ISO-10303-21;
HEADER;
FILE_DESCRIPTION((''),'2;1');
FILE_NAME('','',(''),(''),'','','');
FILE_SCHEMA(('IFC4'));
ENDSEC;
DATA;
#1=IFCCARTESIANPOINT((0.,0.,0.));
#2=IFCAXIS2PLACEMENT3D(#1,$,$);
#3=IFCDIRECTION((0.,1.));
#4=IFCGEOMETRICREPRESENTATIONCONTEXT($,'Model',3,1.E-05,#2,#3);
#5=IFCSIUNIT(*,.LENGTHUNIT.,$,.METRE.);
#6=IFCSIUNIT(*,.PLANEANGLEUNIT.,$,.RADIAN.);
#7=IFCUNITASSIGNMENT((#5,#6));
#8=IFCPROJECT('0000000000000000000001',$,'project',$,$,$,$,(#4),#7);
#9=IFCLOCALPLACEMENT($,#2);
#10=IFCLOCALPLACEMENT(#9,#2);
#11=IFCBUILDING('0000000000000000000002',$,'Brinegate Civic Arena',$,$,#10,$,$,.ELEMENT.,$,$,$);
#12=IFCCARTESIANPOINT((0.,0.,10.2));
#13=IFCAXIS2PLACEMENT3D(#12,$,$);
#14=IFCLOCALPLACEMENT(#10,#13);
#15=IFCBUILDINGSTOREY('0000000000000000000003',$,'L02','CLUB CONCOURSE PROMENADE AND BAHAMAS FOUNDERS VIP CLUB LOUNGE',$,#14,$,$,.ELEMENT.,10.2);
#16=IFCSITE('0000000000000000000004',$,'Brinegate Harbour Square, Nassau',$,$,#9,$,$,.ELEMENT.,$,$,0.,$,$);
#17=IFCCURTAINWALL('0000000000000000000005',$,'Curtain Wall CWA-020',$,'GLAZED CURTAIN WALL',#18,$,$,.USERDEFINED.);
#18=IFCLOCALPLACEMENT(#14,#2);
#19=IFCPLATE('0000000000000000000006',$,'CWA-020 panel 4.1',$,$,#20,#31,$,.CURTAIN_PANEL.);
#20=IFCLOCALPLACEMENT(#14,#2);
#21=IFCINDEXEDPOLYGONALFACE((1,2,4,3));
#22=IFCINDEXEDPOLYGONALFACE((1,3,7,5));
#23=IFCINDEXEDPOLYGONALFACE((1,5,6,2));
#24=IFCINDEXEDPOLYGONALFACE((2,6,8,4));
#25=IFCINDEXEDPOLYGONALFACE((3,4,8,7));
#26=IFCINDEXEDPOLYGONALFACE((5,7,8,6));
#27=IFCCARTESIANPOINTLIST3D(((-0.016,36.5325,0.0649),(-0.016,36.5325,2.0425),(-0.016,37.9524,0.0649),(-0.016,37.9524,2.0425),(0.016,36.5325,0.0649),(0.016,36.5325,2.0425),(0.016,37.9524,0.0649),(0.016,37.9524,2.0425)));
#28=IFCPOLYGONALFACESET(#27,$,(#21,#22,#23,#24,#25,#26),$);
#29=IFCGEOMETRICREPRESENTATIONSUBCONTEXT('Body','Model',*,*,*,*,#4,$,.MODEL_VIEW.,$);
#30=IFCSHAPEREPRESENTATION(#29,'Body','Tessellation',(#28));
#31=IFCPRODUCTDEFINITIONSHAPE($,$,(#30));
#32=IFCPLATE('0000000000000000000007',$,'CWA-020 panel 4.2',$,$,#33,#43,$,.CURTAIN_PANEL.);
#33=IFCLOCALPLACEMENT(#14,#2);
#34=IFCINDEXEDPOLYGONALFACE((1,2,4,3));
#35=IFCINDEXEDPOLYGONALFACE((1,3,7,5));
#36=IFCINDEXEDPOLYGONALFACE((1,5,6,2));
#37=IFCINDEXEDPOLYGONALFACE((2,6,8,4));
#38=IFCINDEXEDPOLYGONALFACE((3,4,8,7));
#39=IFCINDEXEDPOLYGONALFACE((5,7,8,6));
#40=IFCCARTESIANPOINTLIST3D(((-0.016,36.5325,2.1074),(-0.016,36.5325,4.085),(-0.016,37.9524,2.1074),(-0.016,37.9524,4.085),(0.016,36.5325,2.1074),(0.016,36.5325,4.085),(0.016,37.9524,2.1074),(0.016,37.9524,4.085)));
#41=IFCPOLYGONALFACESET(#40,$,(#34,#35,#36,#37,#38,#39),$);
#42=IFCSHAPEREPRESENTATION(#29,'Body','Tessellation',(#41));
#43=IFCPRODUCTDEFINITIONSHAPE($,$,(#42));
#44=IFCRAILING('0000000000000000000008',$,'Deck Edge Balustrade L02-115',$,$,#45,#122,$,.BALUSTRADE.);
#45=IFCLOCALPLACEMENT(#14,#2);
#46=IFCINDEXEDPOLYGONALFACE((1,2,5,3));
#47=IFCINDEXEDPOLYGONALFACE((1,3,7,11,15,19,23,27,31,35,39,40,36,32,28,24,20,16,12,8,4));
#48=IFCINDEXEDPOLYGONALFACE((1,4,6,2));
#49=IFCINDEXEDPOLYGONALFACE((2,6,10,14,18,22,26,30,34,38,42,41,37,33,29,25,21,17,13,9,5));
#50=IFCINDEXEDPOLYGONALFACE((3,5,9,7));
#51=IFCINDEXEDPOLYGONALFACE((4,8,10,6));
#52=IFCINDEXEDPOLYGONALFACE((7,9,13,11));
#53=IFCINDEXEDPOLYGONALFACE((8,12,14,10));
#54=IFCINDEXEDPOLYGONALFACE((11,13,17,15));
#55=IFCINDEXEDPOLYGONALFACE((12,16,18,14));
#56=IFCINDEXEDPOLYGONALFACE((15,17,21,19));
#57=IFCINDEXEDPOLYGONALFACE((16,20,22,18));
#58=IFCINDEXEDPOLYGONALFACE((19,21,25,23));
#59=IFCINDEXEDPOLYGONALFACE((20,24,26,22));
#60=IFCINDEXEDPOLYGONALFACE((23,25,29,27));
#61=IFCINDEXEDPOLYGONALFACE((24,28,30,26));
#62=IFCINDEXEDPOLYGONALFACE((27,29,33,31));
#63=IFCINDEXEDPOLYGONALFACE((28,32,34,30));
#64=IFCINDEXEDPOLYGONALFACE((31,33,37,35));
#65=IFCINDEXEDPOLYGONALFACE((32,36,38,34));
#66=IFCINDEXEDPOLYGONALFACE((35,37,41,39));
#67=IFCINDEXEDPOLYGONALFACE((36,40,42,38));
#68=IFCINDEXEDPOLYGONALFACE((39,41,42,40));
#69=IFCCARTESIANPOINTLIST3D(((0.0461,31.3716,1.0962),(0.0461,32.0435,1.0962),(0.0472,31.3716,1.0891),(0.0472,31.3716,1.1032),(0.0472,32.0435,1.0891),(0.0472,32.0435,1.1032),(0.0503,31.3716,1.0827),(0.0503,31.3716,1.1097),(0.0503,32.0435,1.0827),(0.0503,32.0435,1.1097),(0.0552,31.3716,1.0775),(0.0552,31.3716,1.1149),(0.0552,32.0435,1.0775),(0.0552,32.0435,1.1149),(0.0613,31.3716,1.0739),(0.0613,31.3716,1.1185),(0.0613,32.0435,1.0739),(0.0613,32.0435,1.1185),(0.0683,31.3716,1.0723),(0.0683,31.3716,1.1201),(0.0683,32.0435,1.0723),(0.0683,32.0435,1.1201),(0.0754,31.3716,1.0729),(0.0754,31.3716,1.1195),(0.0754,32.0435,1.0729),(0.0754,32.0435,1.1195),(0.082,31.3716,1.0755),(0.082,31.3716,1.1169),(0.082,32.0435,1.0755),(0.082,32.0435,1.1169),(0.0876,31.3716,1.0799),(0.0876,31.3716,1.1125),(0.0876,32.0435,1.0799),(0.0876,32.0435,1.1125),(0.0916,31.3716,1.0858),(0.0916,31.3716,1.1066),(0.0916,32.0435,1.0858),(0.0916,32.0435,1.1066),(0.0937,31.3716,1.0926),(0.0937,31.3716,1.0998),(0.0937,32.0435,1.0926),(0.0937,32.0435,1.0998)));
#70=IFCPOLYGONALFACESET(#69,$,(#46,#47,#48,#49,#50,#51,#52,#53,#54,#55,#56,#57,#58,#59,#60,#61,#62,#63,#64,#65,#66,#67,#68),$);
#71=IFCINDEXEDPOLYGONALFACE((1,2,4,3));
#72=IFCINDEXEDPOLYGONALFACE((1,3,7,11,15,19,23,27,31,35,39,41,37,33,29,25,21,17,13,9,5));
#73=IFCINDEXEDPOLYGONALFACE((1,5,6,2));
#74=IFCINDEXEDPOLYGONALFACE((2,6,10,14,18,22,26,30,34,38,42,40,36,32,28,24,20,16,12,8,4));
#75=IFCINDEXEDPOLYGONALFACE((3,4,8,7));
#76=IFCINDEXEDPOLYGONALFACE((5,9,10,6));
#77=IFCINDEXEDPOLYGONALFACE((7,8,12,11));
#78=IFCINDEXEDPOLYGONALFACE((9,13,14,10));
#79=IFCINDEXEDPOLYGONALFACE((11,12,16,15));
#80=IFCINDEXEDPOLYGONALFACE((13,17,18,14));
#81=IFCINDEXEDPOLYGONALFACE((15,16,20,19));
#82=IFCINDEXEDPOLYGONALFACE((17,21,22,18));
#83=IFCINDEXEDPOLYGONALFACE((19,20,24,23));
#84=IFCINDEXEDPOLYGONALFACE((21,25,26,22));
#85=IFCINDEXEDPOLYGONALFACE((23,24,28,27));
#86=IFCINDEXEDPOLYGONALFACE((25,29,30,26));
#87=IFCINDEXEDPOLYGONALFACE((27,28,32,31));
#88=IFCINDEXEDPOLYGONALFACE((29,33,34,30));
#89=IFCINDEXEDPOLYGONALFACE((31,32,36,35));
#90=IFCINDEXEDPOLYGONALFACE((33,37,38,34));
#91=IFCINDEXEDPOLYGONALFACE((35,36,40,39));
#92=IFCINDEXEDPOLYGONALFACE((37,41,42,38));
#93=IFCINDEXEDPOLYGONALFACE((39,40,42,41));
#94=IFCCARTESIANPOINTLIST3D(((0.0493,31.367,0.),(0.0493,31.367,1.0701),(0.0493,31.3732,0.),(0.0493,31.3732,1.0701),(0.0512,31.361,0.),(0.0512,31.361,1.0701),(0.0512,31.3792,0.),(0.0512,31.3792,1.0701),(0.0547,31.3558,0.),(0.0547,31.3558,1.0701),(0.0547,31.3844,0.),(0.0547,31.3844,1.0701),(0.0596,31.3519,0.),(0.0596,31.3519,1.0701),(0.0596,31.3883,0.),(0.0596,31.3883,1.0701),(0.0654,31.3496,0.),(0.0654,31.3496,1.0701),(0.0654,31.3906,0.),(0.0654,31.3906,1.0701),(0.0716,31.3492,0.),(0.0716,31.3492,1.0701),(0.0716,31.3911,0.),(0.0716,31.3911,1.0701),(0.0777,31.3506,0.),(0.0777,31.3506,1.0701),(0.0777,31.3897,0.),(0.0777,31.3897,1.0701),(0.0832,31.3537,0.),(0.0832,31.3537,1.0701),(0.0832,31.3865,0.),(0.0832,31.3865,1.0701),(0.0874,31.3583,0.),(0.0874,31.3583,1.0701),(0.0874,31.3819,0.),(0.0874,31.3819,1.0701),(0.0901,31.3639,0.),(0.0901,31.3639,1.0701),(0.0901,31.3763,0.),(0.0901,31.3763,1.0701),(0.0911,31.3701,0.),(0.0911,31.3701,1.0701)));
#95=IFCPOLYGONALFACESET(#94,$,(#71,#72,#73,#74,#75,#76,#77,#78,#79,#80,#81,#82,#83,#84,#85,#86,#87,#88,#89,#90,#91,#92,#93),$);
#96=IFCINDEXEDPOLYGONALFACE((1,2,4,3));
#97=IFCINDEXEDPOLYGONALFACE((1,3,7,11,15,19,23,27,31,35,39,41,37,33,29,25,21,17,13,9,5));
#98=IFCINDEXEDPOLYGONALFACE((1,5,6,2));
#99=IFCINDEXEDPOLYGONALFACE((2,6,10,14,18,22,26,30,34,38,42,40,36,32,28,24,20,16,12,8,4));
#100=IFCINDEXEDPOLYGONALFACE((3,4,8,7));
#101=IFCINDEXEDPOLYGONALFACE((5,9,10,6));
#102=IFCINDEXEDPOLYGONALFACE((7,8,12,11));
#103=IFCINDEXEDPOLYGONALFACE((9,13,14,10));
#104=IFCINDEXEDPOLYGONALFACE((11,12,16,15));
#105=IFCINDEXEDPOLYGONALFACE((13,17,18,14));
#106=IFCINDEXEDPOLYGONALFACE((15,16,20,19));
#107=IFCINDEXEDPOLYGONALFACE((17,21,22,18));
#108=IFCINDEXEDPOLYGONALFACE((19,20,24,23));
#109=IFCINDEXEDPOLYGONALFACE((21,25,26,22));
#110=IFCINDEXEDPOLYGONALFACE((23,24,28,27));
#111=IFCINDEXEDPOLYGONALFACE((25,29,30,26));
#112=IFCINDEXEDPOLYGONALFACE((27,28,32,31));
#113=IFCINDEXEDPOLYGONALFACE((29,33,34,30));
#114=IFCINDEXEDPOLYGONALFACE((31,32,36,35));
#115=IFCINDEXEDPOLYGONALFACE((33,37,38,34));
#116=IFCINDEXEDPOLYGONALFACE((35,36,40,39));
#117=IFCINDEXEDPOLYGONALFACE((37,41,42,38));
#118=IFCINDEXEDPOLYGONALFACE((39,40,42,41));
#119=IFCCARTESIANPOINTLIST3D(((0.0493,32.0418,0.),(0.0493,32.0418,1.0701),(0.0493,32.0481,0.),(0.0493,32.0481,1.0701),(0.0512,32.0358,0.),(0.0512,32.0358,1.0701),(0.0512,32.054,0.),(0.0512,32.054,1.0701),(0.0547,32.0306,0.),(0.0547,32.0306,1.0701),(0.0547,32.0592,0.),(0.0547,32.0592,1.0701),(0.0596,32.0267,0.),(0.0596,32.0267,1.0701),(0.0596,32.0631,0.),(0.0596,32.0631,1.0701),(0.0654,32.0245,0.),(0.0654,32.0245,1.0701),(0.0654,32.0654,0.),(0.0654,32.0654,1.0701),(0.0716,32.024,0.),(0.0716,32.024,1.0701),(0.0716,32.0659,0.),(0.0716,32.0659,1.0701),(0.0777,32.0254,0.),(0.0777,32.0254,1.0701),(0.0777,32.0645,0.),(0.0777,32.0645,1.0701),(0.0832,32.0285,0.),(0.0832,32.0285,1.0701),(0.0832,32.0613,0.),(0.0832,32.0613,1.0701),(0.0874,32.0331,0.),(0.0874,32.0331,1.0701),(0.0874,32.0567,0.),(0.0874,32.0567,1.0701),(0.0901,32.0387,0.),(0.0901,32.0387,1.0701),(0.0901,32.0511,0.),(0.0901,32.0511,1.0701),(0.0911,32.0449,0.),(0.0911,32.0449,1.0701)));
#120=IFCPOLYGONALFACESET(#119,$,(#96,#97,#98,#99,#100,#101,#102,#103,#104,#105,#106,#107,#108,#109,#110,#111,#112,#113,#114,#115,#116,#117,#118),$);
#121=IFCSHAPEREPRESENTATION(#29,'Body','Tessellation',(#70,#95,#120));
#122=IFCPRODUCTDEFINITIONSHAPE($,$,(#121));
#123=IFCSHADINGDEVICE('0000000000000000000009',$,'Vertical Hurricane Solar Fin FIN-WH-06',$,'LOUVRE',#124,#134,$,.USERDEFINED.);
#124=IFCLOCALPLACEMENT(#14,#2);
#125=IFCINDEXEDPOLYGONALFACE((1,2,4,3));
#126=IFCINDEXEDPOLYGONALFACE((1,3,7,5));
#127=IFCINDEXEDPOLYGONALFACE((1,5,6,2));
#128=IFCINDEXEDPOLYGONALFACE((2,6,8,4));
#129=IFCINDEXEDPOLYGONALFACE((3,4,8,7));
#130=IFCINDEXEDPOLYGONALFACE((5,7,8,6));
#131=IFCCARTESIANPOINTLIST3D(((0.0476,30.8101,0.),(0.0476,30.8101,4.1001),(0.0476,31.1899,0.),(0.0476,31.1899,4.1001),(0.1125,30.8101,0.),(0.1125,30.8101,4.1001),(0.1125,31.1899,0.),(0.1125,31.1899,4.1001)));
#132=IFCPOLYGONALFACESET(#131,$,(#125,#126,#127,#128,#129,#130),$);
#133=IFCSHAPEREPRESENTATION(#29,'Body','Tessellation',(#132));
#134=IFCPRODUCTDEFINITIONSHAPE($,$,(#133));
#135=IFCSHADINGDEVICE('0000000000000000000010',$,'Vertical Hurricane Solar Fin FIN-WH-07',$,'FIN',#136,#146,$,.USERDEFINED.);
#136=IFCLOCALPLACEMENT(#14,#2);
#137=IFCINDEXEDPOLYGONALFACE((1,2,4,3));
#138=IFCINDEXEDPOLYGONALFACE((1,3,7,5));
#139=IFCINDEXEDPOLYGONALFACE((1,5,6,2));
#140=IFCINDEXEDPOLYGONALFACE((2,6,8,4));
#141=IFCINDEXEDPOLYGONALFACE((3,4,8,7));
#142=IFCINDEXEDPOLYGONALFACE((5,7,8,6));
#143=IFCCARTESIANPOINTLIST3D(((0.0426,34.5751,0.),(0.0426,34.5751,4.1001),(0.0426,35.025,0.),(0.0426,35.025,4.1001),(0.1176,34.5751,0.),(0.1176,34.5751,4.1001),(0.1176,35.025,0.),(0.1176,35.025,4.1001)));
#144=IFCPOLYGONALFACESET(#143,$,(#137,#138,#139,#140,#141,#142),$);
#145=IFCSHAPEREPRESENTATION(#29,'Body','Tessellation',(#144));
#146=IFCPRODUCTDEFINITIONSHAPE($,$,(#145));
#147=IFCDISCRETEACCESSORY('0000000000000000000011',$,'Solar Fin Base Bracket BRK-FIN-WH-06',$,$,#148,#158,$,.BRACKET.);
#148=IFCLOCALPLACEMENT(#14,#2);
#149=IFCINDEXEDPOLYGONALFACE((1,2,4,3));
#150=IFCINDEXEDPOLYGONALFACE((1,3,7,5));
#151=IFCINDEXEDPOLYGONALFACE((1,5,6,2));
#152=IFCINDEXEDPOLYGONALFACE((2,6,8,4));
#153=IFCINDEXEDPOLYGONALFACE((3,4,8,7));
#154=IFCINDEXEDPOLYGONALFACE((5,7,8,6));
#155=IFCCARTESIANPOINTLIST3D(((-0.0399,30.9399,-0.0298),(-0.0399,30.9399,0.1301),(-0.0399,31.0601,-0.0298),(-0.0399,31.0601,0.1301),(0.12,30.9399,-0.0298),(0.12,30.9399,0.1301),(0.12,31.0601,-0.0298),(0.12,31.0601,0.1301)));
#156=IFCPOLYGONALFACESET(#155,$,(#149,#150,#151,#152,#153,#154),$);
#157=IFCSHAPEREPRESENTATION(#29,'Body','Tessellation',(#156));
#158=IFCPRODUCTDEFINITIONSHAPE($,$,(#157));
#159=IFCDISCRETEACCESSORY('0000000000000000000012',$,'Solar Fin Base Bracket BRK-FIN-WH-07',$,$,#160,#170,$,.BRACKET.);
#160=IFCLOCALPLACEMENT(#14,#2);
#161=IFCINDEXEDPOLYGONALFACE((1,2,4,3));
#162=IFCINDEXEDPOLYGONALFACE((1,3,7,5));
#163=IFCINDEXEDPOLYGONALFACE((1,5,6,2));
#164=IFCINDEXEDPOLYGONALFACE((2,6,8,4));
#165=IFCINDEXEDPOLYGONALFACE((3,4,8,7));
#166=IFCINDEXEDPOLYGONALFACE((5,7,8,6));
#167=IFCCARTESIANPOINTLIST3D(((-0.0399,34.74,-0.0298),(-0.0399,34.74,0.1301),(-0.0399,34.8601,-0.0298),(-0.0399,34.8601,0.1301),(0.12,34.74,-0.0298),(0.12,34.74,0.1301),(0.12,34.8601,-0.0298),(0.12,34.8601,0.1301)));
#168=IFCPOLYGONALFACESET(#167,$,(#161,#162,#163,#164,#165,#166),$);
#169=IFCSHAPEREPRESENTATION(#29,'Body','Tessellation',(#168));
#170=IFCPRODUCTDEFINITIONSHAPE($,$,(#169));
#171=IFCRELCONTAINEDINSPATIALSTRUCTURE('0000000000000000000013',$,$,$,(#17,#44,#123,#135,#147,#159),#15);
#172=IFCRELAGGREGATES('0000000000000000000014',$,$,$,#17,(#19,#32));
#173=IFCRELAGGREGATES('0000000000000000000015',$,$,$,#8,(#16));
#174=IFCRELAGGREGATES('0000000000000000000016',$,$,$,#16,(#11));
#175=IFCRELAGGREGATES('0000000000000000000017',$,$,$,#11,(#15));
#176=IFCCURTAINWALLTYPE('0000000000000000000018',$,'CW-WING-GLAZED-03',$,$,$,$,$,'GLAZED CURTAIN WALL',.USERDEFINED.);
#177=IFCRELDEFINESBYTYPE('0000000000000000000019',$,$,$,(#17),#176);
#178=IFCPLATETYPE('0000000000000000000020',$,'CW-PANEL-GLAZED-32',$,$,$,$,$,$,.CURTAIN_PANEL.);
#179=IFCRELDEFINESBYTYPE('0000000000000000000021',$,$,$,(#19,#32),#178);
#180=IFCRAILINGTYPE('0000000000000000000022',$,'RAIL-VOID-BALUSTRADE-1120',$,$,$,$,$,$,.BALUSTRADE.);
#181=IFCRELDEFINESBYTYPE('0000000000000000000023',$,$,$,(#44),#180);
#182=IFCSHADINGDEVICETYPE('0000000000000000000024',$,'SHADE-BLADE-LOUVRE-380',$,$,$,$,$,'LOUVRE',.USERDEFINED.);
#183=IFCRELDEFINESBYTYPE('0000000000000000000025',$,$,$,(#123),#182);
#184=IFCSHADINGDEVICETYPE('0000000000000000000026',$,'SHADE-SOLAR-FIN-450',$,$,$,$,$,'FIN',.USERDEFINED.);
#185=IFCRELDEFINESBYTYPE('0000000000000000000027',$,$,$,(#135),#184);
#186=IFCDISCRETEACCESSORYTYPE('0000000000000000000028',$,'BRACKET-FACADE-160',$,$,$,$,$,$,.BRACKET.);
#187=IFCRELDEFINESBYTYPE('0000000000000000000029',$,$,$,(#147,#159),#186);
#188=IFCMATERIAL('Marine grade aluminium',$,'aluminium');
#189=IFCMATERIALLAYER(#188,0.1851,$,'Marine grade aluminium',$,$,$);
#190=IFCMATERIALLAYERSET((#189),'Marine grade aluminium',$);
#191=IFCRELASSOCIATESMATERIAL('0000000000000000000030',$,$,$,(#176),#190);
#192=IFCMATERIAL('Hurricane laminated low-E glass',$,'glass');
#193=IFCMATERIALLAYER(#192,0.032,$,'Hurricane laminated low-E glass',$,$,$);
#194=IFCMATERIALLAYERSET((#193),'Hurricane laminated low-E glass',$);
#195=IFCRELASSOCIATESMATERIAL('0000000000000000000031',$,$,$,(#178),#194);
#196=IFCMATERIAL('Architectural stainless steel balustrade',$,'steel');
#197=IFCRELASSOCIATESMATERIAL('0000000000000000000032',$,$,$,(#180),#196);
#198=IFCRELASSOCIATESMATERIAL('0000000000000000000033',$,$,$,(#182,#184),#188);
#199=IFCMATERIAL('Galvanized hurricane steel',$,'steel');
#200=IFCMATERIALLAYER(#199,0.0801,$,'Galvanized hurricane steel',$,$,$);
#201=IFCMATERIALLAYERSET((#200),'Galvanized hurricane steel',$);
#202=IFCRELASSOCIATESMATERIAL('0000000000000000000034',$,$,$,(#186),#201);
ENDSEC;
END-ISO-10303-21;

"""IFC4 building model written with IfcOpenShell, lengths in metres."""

from ifc_helpers import new_model, si_unit, direction, frame, origin, origin_2d, place, context, subcontext, project, spatial, rectangle, circle, extrude, material, layer, layer_set, material_profile, profile_set, type_object, element, aggregate, save


model = new_model("IFC4")

# Units and contexts
model_context = context("Model", 3, precision=1e-05, world=origin(), true_north=direction((0.0, 1.0)))
body_context = subcontext(model_context, "Body", "Model", "MODEL_VIEW")
ifc_project = project(units=[si_unit("LENGTHUNIT", "METRE"), si_unit("PLANEANGLEUNIT", "RADIAN")], contexts=[model_context])

# Site, building, storey
site_placement = place(None, origin())
site = spatial("IfcSite", under=ifc_project, at=site_placement, Name="Brinegate Harbour Square, Nassau", CompositionType="ELEMENT", RefElevation=0.0)
building_placement = place(site_placement, origin())
building = spatial("IfcBuilding", under=site, at=building_placement, Name="Brinegate Civic Arena", CompositionType="ELEMENT")
storey_placement = place(building_placement, frame((0.0, 0.0, 10.2)))
storey = spatial("IfcBuildingStorey", under=building, at=storey_placement, Name="L02", Description="CLUB CONCOURSE PROMENADE AND BAHAMAS FOUNDERS VIP CLUB LOUNGE", CompositionType="ELEMENT", Elevation=10.2)

# Curtain wall
ifc_material_1 = material(Name="Marine grade aluminium", Category="aluminium")
ifc_layer_1 = layer(ifc_material_1, 0.1851, Name="Marine grade aluminium")
ifc_layer_set_1 = layer_set([ifc_layer_1], Name="Marine grade aluminium")
curtain_wall_type = type_object("IfcCurtainWallType", Name="CW-WING-GLAZED-03", ElementType="GLAZED CURTAIN WALL", PredefinedType="USERDEFINED", material=ifc_layer_set_1)
curtain_wall_placement = place(storey_placement, origin())
curtain_wall = element("IfcCurtainWall", 1, at=curtain_wall_placement, inside=storey, type_object=curtain_wall_type, Name="Curtain Wall CWA-020", ObjectType="GLAZED CURTAIN WALL", PredefinedType="USERDEFINED")

# Plates
ifc_material_2 = material(Name="Hurricane laminated low-E glass", Category="glass")
ifc_layer_2 = layer(ifc_material_2, 0.032, Name="Hurricane laminated low-E glass")
ifc_layer_set_2 = layer_set([ifc_layer_2], Name="Hurricane laminated low-E glass")
plate_type = type_object("IfcPlateType", Name="CW-PANEL-GLAZED-32", PredefinedType="CURTAIN_PANEL", material=ifc_layer_set_2)
plate_1_placement = place(storey_placement, frame((0.0, 37.2424, 0.0649), z_axis=(0.0, 0.0, 1.0), x_axis=(0.0, 1.0, 0.0)))
plate_1 = element("IfcPlate", 2, at=plate_1_placement, type_object=plate_type, Name="CWA-020 panel 4.1", PredefinedType="CURTAIN_PANEL", context=body_context, shape_type="SweptSolid", body=[
    extrude(rectangle(XDim=1.4199, YDim=0.032, at=origin_2d()), origin(), (0.0, 0.0, 1.0), 1.9775),
])
plate_2_placement = place(storey_placement, frame((0.0, 37.2424, 2.1074), z_axis=(0.0, 0.0, 1.0), x_axis=(0.0, 1.0, 0.0)))
plate_2 = element("IfcPlate", 3, at=plate_2_placement, type_object=plate_type, Name="CWA-020 panel 4.2", PredefinedType="CURTAIN_PANEL", context=body_context, shape_type="SweptSolid", body=[
    extrude(rectangle(XDim=1.4199, YDim=0.032, at=origin_2d()), origin(), (0.0, 0.0, 1.0), 1.9775),
])
aggregate(curtain_wall, [plate_1, plate_2])

# Railing
ifc_material_3 = material(Name="Architectural stainless steel balustrade", Category="steel")
railing_type = type_object("IfcRailingType", Name="RAIL-VOID-BALUSTRADE-1120", PredefinedType="BALUSTRADE", material=ifc_material_3)
railing_placement = place(storey_placement, frame((0.0701, 31.3701, 0.0)))
element("IfcRailing", 4, at=railing_placement, inside=storey, type_object=railing_type, Name="Deck Edge Balustrade L02-115", PredefinedType="BALUSTRADE", context=body_context, shape_type="SweptSolid", body=[
    extrude(circle(Radius=0.0239, at=origin_2d()), frame((0.0, 0.0015, 1.0962), z_axis=(0.0, 1.0, 0.0), x_axis=(-1.0, 0.0, 0.0)), (0.0, 0.0, 1.0), 0.6719),
    extrude(circle(Radius=0.021, at=origin_2d()), origin(), (0.0, 0.0, 1.0), 1.0701),
    extrude(circle(Radius=0.021, at=origin_2d()), frame((0.0, 0.6748, 0.0)), (0.0, 0.0, 1.0), 1.0701),
])

# Shading devices
ifc_material_profile_1 = material_profile(ifc_material_1, rectangle(XDim=0.0649, YDim=0.3799, at=origin_2d()), Name="FIN65X380")
ifc_profile_set_1 = profile_set([ifc_material_profile_1], Name="Marine grade aluminium")
shading_device_type_1 = type_object("IfcShadingDeviceType", Name="SHADE-BLADE-LOUVRE-380", ElementType="LOUVRE", PredefinedType="USERDEFINED", material=ifc_profile_set_1)
shading_device_1_placement = place(storey_placement, frame((0.0801, 31.0, 0.0), z_axis=(0.0, 0.0, 1.0), x_axis=(1.0, 0.0, 0.0)))
element("IfcShadingDevice", 5, at=shading_device_1_placement, inside=storey, type_object=shading_device_type_1, Name="Vertical Hurricane Solar Fin FIN-WH-06", ObjectType="LOUVRE", PredefinedType="USERDEFINED", context=body_context, shape_type="SweptSolid", body=[
    extrude(rectangle(XDim=0.0649, YDim=0.3799, at=origin_2d()), origin(), (0.0, 0.0, 1.0), 4.1001),
])
ifc_material_profile_2 = material_profile(ifc_material_1, rectangle(XDim=0.075, YDim=0.45, at=origin_2d()), Name="FIN75X450")
ifc_profile_set_2 = profile_set([ifc_material_profile_2], Name="Marine grade aluminium")
shading_device_type_2 = type_object("IfcShadingDeviceType", Name="SHADE-SOLAR-FIN-450", ElementType="FIN", PredefinedType="USERDEFINED", material=ifc_profile_set_2)
shading_device_2_placement = place(storey_placement, frame((0.0801, 34.8, 0.0), z_axis=(0.0, 0.0, 1.0), x_axis=(1.0, 0.0, 0.0)))
element("IfcShadingDevice", 6, at=shading_device_2_placement, inside=storey, type_object=shading_device_type_2, Name="Vertical Hurricane Solar Fin FIN-WH-07", ObjectType="FIN", PredefinedType="USERDEFINED", context=body_context, shape_type="SweptSolid", body=[
    extrude(rectangle(XDim=0.075, YDim=0.45, at=origin_2d()), origin(), (0.0, 0.0, 1.0), 4.1001),
])

# Discrete accessories
ifc_material_4 = material(Name="Galvanized hurricane steel", Category="steel")
ifc_layer_3 = layer(ifc_material_4, 0.0801, Name="Galvanized hurricane steel")
ifc_layer_set_3 = layer_set([ifc_layer_3], Name="Galvanized hurricane steel")
discrete_accessory_type = type_object("IfcDiscreteAccessoryType", Name="BRACKET-FACADE-160", PredefinedType="BRACKET", material=ifc_layer_set_3)
for number, where, z_axis, x_axis, name in (
    (7, (0.04, 31.0, -0.0298), (0.0, 0.0, 1.0), (1.0, 0.0, 0.0), "Solar Fin Base Bracket BRK-FIN-WH-06"),
    (8, (0.04, 34.8, -0.0298), (0.0, 0.0, 1.0), (1.0, 0.0, 0.0), "Solar Fin Base Bracket BRK-FIN-WH-07"),
):
    element("IfcDiscreteAccessory", number, at=place(storey_placement, frame(where, z_axis=z_axis, x_axis=x_axis)), inside=storey, type_object=discrete_accessory_type, Name=name, PredefinedType="BRACKET", context=body_context, shape_type="SweptSolid", body=[
        extrude(rectangle(XDim=0.1599, YDim=0.1201, at=origin_2d()), origin(), (0.0, 0.0, 1.0), 0.1599),
    ])

save(model, "model.ifc")
